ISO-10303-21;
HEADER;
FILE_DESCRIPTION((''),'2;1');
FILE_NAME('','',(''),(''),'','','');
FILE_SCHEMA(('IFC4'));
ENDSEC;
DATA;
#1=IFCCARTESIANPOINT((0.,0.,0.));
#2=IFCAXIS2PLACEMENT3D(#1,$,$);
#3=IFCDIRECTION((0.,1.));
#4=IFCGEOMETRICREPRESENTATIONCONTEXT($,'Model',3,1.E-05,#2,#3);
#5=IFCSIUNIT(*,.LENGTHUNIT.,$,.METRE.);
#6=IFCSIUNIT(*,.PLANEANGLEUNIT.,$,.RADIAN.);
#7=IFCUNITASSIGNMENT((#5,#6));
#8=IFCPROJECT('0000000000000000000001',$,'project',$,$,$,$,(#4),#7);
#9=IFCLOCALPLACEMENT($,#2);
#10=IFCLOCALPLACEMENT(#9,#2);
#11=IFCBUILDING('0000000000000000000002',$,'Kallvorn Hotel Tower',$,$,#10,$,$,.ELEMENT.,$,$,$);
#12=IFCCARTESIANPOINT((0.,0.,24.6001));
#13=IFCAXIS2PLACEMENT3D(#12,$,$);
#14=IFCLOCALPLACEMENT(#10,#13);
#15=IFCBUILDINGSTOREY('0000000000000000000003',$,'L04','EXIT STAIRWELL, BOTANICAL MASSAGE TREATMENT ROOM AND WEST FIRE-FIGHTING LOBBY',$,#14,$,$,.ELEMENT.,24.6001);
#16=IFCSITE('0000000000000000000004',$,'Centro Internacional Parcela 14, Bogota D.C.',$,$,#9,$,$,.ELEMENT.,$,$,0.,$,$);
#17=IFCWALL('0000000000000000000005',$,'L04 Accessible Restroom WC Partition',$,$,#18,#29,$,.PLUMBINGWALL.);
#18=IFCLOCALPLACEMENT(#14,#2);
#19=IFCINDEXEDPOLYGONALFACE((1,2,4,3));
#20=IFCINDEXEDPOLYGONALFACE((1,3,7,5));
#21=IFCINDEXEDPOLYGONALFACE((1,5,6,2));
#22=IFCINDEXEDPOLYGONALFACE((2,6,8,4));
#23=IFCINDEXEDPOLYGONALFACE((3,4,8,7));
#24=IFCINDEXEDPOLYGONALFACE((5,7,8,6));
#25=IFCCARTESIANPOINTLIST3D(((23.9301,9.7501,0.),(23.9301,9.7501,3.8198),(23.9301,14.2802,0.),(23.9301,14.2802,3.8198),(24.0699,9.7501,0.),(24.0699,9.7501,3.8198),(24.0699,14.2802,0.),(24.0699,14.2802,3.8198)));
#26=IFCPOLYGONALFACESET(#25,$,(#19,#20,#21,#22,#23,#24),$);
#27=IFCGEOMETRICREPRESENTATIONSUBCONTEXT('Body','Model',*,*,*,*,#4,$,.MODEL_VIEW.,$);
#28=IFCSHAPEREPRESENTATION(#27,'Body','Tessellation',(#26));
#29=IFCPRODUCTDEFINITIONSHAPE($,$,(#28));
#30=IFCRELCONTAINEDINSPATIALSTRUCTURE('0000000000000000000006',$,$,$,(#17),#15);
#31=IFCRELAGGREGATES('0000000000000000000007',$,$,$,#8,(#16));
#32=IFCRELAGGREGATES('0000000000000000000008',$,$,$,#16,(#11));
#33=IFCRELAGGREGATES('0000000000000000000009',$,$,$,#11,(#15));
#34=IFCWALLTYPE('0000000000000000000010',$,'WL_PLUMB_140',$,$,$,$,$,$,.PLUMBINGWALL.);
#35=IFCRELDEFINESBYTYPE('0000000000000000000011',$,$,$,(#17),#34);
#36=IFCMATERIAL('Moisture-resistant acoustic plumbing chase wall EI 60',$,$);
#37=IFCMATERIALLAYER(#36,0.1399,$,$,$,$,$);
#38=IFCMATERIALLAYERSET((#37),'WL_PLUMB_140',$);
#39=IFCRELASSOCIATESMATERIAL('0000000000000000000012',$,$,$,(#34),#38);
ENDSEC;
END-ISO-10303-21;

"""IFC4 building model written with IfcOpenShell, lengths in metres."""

from ifc_helpers import new_model, si_unit, direction, frame, frame_2d, origin, place, context, subcontext, project, spatial, rectangle, extrude, material, layer, layer_set, type_object, element, save


model = new_model("IFC4")

# Units and contexts
model_context = context("Model", 3, precision=1e-05, world=origin(), true_north=direction((0.0, 1.0)))
body_context = subcontext(model_context, "Body", "Model", "MODEL_VIEW")
ifc_project = project(units=[si_unit("LENGTHUNIT", "METRE"), si_unit("PLANEANGLEUNIT", "RADIAN")], contexts=[model_context])

# Site, building, storey
site_placement = place(None, origin())
site = spatial("IfcSite", under=ifc_project, at=site_placement, Name="Centro Internacional Parcela 14, Bogota D.C.", CompositionType="ELEMENT", RefElevation=0.0)
building_placement = place(site_placement, origin())
building = spatial("IfcBuilding", under=site, at=building_placement, Name="Kallvorn Hotel Tower", CompositionType="ELEMENT")
storey_placement = place(building_placement, frame((0.0, 0.0, 24.6001)))
storey = spatial("IfcBuildingStorey", under=building, at=storey_placement, Name="L04", Description="EXIT STAIRWELL, BOTANICAL MASSAGE TREATMENT ROOM AND WEST FIRE-FIGHTING LOBBY", CompositionType="ELEMENT", Elevation=24.6001)

# Wall
ifc_material_1 = material(Name="Moisture-resistant acoustic plumbing chase wall EI 60")
ifc_layer_1 = layer(ifc_material_1, 0.1399)
ifc_layer_set_1 = layer_set([ifc_layer_1], Name="WL_PLUMB_140")
wall_type_1 = type_object("IfcWallType", Name="WL_PLUMB_140", PredefinedType="PLUMBINGWALL", material=ifc_layer_set_1)
for number, where, z_axis, x_axis, name in (
    (1, (24.0, 9.75, 0.0), (0.0, 0.0, 1.0), (0.0, 1.0, 0.0), "L04 Accessible Restroom WC Partition"),
):
    element("IfcWall", number, at=place(storey_placement, frame(where, z_axis=z_axis, x_axis=x_axis)), inside=storey, type_object=wall_type_1, Name=name, PredefinedType="PLUMBINGWALL", context=body_context, shape_type="SweptSolid", body=[
        extrude(rectangle(XDim=4.53, YDim=0.1399, at=frame_2d((2.2651, 0.0))), origin(), (0.0, 0.0, 1.0), 3.8198),
    ])

save(model, "model.ifc")
